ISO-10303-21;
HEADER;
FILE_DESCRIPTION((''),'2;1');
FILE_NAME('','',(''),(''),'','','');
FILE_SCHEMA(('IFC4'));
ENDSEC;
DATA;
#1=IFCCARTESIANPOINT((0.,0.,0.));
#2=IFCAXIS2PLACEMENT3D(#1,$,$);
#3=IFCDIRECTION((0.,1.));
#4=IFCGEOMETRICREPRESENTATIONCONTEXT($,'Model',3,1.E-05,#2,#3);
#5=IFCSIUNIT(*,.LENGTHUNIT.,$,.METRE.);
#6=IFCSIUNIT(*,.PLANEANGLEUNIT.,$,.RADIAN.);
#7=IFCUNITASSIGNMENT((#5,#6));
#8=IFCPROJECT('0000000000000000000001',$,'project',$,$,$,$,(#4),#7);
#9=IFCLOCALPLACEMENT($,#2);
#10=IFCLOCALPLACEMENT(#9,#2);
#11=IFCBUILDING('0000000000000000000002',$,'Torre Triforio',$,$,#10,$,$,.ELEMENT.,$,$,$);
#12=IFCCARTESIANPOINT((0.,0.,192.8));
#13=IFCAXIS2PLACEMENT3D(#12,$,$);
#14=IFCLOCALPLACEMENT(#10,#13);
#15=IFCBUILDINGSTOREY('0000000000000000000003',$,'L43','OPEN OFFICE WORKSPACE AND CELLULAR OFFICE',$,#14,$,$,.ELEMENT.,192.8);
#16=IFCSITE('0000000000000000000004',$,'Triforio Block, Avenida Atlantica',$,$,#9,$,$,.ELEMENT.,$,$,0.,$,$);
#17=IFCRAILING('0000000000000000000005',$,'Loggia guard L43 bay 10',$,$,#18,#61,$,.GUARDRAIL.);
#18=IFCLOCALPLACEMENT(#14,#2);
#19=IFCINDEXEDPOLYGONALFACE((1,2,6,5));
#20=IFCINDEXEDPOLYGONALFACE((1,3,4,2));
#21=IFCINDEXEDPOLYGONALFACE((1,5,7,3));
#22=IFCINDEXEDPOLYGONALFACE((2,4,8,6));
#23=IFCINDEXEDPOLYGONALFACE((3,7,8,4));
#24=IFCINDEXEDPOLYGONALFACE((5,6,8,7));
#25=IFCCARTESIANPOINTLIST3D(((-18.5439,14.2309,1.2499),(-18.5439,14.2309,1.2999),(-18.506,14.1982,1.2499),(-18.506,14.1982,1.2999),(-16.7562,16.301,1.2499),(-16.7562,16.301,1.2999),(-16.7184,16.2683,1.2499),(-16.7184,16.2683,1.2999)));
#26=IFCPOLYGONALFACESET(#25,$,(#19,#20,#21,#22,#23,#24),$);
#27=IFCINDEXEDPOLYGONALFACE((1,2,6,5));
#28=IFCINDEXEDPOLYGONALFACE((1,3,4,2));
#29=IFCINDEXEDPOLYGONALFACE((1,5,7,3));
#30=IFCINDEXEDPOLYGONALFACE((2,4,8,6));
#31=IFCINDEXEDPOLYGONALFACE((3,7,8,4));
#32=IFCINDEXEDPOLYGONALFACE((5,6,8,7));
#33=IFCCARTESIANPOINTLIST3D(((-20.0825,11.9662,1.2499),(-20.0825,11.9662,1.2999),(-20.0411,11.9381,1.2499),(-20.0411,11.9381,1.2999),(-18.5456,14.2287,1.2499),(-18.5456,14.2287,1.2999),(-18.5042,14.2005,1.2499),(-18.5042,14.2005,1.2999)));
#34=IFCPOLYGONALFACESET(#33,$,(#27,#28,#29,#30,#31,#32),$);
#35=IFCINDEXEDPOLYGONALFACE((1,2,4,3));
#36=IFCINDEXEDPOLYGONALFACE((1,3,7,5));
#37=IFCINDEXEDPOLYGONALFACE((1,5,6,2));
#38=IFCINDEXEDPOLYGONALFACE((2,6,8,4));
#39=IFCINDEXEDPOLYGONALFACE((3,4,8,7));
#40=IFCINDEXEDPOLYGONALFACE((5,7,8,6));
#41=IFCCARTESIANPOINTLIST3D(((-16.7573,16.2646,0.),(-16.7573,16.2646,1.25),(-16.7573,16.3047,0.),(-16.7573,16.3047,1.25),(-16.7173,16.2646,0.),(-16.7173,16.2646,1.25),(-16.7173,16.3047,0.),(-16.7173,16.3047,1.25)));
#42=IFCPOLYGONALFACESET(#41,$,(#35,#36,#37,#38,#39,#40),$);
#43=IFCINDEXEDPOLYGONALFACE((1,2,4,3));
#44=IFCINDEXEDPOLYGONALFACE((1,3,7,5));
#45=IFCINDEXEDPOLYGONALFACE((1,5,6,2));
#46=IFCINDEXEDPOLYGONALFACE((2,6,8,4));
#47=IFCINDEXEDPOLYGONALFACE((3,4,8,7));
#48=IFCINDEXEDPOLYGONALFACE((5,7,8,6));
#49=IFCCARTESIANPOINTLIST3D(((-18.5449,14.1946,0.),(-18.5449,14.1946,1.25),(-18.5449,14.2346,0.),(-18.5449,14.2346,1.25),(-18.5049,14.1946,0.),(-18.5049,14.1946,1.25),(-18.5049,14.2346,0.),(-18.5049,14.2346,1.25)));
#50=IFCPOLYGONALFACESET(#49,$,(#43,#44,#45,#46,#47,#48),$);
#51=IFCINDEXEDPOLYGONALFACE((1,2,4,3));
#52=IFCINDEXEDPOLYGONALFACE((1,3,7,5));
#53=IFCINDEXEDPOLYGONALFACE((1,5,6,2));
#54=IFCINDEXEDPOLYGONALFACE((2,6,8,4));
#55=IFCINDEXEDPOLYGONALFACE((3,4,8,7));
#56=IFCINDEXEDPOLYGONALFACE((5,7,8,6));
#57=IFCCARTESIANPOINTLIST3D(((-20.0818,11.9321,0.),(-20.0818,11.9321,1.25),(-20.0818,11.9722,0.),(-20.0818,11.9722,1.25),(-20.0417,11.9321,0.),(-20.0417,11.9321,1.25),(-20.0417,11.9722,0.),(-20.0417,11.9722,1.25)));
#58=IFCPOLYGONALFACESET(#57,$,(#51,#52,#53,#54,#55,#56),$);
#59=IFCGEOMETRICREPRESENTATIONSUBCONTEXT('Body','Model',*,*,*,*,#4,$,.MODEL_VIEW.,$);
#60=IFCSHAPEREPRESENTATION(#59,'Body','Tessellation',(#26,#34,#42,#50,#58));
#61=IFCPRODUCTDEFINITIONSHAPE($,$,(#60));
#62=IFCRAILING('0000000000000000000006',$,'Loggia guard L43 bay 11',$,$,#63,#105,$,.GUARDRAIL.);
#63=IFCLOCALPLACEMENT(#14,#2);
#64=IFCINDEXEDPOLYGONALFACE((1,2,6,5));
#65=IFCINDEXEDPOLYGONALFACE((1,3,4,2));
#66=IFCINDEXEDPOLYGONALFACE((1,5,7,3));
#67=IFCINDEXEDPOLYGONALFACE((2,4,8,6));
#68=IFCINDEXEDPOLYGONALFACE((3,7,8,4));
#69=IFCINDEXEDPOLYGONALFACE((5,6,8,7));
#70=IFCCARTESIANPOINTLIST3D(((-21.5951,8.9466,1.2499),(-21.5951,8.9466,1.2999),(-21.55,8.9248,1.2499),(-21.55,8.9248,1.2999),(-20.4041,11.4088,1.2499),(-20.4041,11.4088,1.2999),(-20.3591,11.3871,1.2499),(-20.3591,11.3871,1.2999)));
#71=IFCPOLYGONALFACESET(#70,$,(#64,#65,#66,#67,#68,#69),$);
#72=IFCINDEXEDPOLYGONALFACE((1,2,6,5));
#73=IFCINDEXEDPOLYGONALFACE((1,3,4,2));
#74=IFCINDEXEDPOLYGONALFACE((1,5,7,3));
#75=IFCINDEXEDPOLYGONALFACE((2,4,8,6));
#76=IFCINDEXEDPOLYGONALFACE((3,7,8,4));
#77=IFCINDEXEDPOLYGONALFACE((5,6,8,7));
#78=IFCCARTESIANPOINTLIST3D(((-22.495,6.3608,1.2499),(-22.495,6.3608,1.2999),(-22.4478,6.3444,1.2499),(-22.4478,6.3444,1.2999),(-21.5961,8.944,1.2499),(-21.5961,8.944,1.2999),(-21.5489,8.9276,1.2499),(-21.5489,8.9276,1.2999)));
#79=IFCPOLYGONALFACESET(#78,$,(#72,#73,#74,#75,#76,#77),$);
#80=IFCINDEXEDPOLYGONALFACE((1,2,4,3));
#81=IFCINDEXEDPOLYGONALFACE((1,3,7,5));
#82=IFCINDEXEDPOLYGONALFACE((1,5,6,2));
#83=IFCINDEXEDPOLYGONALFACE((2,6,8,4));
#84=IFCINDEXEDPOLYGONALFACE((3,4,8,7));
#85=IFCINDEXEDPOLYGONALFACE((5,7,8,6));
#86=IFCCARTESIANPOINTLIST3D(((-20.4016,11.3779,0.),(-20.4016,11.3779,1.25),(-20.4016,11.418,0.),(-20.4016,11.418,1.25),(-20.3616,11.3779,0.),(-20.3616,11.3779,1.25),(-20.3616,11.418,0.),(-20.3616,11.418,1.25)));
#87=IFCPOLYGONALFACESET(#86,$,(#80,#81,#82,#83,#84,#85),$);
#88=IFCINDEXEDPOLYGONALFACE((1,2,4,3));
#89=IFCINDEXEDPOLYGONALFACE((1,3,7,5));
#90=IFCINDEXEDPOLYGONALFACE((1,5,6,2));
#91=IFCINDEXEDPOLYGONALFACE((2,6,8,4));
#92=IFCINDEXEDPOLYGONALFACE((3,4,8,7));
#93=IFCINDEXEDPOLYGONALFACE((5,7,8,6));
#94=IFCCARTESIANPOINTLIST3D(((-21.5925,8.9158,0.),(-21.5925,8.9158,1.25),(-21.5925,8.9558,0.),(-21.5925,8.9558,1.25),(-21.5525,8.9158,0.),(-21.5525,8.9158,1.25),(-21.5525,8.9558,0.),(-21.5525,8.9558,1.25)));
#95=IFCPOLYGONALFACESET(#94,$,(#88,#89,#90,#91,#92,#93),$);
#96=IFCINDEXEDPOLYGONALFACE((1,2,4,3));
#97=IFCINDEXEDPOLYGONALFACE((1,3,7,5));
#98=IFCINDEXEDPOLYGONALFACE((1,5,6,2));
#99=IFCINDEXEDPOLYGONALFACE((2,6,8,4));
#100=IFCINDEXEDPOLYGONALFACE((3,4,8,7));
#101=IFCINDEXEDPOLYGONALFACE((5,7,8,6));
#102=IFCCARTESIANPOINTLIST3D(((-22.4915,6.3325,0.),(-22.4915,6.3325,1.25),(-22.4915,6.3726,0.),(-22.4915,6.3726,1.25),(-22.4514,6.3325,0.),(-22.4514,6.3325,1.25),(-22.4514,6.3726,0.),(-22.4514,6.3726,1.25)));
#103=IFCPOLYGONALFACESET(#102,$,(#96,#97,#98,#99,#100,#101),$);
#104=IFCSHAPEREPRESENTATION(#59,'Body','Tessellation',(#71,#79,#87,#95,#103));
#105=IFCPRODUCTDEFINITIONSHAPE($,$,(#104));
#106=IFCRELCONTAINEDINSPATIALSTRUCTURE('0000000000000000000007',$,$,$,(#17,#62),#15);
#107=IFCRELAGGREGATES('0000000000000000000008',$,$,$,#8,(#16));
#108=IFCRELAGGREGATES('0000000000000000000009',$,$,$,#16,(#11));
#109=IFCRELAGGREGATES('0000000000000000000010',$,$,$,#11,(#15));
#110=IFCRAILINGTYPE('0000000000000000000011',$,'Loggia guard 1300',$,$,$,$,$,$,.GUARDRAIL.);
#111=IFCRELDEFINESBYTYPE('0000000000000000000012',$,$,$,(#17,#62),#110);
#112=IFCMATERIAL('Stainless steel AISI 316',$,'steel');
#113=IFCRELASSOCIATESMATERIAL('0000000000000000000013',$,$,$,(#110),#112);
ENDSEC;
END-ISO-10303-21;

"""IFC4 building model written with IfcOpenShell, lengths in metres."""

from ifc_helpers import new_model, si_unit, direction, frame, origin, origin_2d, place, context, subcontext, project, spatial, rectangle, extrude, material, type_object, element, save


model = new_model("IFC4")

# Units and contexts
model_context = context("Model", 3, precision=1e-05, world=origin(), true_north=direction((0.0, 1.0)))
body_context = subcontext(model_context, "Body", "Model", "MODEL_VIEW")
ifc_project = project(units=[si_unit("LENGTHUNIT", "METRE"), si_unit("PLANEANGLEUNIT", "RADIAN")], contexts=[model_context])

# Site, building, storey
site_placement = place(None, origin())
site = spatial("IfcSite", under=ifc_project, at=site_placement, Name="Triforio Block, Avenida Atlantica", CompositionType="ELEMENT", RefElevation=0.0)
building_placement = place(site_placement, origin())
building = spatial("IfcBuilding", under=site, at=building_placement, Name="Torre Triforio", CompositionType="ELEMENT")
storey_placement = place(building_placement, frame((0.0, 0.0, 192.8)))
storey = spatial("IfcBuildingStorey", under=building, at=storey_placement, Name="L43", Description="OPEN OFFICE WORKSPACE AND CELLULAR OFFICE", CompositionType="ELEMENT", Elevation=192.8)

# Railings
ifc_material_1 = material(Name="Stainless steel AISI 316", Category="steel")
railing_type = type_object("IfcRailingType", Name="Loggia guard 1300", PredefinedType="GUARDRAIL", material=ifc_material_1)
railing_1_placement = place(storey_placement, frame((-16.7373, 16.2847, 0.0)))
element("IfcRailing", 1, at=railing_1_placement, inside=storey, type_object=railing_type, Name="Loggia guard L43 bay 10", PredefinedType="GUARDRAIL", context=body_context, shape_type="SweptSolid", body=[
    extrude(rectangle(XDim=0.05, YDim=0.05, at=origin_2d()), frame((0.0, 0.0, 1.2749), z_axis=(-0.65358, -0.756857, 0.0), x_axis=(0.756857, -0.65358, 0.0)), (0.0, 0.0, 1.0), 2.7351),
    extrude(rectangle(XDim=0.05, YDim=0.05, at=origin_2d()), frame((-1.7876, -2.0701, 1.2749), z_axis=(-0.56191, -0.827199, 0.0), x_axis=(0.827199, -0.56191, 0.0)), (0.0, 0.0, 1.0), 2.7351),
    extrude(rectangle(XDim=0.04, YDim=0.04, at=origin_2d()), origin(), (0.0, 0.0, 1.0), 1.25),
    extrude(rectangle(XDim=0.04, YDim=0.04, at=origin_2d()), frame((-1.7876, -2.0701, 0.0)), (0.0, 0.0, 1.0), 1.25),
    extrude(rectangle(XDim=0.04, YDim=0.04, at=origin_2d()), frame((-3.3245, -4.3325, 0.0)), (0.0, 0.0, 1.0), 1.25),
])
railing_2_placement = place(storey_placement, frame((-20.3816, 11.3979, 0.0)))
element("IfcRailing", 2, at=railing_2_placement, inside=storey, type_object=railing_type, Name="Loggia guard L43 bay 11", PredefinedType="GUARDRAIL", context=body_context, shape_type="SweptSolid", body=[
    extrude(rectangle(XDim=0.05, YDim=0.05, at=origin_2d()), frame((0.0, 0.0, 1.2749), z_axis=(-0.435428, -0.900224, 0.0), x_axis=(0.900224, -0.435428, 0.0)), (0.0, 0.0, 1.0), 2.7351),
    extrude(rectangle(XDim=0.05, YDim=0.05, at=origin_2d()), frame((-1.1909, -2.4622, 1.2749), z_axis=(-0.328652, -0.944451, 0.0), x_axis=(0.944451, -0.328652, 0.0)), (0.0, 0.0, 1.0), 2.7351),
    extrude(rectangle(XDim=0.04, YDim=0.04, at=origin_2d()), origin(), (0.0, 0.0, 1.0), 1.25),
    extrude(rectangle(XDim=0.04, YDim=0.04, at=origin_2d()), frame((-1.1909, -2.4622, 0.0)), (0.0, 0.0, 1.0), 1.25),
    extrude(rectangle(XDim=0.04, YDim=0.04, at=origin_2d()), frame((-2.0898, -5.0454, 0.0)), (0.0, 0.0, 1.0), 1.25),
])

save(model, "model.ifc")
